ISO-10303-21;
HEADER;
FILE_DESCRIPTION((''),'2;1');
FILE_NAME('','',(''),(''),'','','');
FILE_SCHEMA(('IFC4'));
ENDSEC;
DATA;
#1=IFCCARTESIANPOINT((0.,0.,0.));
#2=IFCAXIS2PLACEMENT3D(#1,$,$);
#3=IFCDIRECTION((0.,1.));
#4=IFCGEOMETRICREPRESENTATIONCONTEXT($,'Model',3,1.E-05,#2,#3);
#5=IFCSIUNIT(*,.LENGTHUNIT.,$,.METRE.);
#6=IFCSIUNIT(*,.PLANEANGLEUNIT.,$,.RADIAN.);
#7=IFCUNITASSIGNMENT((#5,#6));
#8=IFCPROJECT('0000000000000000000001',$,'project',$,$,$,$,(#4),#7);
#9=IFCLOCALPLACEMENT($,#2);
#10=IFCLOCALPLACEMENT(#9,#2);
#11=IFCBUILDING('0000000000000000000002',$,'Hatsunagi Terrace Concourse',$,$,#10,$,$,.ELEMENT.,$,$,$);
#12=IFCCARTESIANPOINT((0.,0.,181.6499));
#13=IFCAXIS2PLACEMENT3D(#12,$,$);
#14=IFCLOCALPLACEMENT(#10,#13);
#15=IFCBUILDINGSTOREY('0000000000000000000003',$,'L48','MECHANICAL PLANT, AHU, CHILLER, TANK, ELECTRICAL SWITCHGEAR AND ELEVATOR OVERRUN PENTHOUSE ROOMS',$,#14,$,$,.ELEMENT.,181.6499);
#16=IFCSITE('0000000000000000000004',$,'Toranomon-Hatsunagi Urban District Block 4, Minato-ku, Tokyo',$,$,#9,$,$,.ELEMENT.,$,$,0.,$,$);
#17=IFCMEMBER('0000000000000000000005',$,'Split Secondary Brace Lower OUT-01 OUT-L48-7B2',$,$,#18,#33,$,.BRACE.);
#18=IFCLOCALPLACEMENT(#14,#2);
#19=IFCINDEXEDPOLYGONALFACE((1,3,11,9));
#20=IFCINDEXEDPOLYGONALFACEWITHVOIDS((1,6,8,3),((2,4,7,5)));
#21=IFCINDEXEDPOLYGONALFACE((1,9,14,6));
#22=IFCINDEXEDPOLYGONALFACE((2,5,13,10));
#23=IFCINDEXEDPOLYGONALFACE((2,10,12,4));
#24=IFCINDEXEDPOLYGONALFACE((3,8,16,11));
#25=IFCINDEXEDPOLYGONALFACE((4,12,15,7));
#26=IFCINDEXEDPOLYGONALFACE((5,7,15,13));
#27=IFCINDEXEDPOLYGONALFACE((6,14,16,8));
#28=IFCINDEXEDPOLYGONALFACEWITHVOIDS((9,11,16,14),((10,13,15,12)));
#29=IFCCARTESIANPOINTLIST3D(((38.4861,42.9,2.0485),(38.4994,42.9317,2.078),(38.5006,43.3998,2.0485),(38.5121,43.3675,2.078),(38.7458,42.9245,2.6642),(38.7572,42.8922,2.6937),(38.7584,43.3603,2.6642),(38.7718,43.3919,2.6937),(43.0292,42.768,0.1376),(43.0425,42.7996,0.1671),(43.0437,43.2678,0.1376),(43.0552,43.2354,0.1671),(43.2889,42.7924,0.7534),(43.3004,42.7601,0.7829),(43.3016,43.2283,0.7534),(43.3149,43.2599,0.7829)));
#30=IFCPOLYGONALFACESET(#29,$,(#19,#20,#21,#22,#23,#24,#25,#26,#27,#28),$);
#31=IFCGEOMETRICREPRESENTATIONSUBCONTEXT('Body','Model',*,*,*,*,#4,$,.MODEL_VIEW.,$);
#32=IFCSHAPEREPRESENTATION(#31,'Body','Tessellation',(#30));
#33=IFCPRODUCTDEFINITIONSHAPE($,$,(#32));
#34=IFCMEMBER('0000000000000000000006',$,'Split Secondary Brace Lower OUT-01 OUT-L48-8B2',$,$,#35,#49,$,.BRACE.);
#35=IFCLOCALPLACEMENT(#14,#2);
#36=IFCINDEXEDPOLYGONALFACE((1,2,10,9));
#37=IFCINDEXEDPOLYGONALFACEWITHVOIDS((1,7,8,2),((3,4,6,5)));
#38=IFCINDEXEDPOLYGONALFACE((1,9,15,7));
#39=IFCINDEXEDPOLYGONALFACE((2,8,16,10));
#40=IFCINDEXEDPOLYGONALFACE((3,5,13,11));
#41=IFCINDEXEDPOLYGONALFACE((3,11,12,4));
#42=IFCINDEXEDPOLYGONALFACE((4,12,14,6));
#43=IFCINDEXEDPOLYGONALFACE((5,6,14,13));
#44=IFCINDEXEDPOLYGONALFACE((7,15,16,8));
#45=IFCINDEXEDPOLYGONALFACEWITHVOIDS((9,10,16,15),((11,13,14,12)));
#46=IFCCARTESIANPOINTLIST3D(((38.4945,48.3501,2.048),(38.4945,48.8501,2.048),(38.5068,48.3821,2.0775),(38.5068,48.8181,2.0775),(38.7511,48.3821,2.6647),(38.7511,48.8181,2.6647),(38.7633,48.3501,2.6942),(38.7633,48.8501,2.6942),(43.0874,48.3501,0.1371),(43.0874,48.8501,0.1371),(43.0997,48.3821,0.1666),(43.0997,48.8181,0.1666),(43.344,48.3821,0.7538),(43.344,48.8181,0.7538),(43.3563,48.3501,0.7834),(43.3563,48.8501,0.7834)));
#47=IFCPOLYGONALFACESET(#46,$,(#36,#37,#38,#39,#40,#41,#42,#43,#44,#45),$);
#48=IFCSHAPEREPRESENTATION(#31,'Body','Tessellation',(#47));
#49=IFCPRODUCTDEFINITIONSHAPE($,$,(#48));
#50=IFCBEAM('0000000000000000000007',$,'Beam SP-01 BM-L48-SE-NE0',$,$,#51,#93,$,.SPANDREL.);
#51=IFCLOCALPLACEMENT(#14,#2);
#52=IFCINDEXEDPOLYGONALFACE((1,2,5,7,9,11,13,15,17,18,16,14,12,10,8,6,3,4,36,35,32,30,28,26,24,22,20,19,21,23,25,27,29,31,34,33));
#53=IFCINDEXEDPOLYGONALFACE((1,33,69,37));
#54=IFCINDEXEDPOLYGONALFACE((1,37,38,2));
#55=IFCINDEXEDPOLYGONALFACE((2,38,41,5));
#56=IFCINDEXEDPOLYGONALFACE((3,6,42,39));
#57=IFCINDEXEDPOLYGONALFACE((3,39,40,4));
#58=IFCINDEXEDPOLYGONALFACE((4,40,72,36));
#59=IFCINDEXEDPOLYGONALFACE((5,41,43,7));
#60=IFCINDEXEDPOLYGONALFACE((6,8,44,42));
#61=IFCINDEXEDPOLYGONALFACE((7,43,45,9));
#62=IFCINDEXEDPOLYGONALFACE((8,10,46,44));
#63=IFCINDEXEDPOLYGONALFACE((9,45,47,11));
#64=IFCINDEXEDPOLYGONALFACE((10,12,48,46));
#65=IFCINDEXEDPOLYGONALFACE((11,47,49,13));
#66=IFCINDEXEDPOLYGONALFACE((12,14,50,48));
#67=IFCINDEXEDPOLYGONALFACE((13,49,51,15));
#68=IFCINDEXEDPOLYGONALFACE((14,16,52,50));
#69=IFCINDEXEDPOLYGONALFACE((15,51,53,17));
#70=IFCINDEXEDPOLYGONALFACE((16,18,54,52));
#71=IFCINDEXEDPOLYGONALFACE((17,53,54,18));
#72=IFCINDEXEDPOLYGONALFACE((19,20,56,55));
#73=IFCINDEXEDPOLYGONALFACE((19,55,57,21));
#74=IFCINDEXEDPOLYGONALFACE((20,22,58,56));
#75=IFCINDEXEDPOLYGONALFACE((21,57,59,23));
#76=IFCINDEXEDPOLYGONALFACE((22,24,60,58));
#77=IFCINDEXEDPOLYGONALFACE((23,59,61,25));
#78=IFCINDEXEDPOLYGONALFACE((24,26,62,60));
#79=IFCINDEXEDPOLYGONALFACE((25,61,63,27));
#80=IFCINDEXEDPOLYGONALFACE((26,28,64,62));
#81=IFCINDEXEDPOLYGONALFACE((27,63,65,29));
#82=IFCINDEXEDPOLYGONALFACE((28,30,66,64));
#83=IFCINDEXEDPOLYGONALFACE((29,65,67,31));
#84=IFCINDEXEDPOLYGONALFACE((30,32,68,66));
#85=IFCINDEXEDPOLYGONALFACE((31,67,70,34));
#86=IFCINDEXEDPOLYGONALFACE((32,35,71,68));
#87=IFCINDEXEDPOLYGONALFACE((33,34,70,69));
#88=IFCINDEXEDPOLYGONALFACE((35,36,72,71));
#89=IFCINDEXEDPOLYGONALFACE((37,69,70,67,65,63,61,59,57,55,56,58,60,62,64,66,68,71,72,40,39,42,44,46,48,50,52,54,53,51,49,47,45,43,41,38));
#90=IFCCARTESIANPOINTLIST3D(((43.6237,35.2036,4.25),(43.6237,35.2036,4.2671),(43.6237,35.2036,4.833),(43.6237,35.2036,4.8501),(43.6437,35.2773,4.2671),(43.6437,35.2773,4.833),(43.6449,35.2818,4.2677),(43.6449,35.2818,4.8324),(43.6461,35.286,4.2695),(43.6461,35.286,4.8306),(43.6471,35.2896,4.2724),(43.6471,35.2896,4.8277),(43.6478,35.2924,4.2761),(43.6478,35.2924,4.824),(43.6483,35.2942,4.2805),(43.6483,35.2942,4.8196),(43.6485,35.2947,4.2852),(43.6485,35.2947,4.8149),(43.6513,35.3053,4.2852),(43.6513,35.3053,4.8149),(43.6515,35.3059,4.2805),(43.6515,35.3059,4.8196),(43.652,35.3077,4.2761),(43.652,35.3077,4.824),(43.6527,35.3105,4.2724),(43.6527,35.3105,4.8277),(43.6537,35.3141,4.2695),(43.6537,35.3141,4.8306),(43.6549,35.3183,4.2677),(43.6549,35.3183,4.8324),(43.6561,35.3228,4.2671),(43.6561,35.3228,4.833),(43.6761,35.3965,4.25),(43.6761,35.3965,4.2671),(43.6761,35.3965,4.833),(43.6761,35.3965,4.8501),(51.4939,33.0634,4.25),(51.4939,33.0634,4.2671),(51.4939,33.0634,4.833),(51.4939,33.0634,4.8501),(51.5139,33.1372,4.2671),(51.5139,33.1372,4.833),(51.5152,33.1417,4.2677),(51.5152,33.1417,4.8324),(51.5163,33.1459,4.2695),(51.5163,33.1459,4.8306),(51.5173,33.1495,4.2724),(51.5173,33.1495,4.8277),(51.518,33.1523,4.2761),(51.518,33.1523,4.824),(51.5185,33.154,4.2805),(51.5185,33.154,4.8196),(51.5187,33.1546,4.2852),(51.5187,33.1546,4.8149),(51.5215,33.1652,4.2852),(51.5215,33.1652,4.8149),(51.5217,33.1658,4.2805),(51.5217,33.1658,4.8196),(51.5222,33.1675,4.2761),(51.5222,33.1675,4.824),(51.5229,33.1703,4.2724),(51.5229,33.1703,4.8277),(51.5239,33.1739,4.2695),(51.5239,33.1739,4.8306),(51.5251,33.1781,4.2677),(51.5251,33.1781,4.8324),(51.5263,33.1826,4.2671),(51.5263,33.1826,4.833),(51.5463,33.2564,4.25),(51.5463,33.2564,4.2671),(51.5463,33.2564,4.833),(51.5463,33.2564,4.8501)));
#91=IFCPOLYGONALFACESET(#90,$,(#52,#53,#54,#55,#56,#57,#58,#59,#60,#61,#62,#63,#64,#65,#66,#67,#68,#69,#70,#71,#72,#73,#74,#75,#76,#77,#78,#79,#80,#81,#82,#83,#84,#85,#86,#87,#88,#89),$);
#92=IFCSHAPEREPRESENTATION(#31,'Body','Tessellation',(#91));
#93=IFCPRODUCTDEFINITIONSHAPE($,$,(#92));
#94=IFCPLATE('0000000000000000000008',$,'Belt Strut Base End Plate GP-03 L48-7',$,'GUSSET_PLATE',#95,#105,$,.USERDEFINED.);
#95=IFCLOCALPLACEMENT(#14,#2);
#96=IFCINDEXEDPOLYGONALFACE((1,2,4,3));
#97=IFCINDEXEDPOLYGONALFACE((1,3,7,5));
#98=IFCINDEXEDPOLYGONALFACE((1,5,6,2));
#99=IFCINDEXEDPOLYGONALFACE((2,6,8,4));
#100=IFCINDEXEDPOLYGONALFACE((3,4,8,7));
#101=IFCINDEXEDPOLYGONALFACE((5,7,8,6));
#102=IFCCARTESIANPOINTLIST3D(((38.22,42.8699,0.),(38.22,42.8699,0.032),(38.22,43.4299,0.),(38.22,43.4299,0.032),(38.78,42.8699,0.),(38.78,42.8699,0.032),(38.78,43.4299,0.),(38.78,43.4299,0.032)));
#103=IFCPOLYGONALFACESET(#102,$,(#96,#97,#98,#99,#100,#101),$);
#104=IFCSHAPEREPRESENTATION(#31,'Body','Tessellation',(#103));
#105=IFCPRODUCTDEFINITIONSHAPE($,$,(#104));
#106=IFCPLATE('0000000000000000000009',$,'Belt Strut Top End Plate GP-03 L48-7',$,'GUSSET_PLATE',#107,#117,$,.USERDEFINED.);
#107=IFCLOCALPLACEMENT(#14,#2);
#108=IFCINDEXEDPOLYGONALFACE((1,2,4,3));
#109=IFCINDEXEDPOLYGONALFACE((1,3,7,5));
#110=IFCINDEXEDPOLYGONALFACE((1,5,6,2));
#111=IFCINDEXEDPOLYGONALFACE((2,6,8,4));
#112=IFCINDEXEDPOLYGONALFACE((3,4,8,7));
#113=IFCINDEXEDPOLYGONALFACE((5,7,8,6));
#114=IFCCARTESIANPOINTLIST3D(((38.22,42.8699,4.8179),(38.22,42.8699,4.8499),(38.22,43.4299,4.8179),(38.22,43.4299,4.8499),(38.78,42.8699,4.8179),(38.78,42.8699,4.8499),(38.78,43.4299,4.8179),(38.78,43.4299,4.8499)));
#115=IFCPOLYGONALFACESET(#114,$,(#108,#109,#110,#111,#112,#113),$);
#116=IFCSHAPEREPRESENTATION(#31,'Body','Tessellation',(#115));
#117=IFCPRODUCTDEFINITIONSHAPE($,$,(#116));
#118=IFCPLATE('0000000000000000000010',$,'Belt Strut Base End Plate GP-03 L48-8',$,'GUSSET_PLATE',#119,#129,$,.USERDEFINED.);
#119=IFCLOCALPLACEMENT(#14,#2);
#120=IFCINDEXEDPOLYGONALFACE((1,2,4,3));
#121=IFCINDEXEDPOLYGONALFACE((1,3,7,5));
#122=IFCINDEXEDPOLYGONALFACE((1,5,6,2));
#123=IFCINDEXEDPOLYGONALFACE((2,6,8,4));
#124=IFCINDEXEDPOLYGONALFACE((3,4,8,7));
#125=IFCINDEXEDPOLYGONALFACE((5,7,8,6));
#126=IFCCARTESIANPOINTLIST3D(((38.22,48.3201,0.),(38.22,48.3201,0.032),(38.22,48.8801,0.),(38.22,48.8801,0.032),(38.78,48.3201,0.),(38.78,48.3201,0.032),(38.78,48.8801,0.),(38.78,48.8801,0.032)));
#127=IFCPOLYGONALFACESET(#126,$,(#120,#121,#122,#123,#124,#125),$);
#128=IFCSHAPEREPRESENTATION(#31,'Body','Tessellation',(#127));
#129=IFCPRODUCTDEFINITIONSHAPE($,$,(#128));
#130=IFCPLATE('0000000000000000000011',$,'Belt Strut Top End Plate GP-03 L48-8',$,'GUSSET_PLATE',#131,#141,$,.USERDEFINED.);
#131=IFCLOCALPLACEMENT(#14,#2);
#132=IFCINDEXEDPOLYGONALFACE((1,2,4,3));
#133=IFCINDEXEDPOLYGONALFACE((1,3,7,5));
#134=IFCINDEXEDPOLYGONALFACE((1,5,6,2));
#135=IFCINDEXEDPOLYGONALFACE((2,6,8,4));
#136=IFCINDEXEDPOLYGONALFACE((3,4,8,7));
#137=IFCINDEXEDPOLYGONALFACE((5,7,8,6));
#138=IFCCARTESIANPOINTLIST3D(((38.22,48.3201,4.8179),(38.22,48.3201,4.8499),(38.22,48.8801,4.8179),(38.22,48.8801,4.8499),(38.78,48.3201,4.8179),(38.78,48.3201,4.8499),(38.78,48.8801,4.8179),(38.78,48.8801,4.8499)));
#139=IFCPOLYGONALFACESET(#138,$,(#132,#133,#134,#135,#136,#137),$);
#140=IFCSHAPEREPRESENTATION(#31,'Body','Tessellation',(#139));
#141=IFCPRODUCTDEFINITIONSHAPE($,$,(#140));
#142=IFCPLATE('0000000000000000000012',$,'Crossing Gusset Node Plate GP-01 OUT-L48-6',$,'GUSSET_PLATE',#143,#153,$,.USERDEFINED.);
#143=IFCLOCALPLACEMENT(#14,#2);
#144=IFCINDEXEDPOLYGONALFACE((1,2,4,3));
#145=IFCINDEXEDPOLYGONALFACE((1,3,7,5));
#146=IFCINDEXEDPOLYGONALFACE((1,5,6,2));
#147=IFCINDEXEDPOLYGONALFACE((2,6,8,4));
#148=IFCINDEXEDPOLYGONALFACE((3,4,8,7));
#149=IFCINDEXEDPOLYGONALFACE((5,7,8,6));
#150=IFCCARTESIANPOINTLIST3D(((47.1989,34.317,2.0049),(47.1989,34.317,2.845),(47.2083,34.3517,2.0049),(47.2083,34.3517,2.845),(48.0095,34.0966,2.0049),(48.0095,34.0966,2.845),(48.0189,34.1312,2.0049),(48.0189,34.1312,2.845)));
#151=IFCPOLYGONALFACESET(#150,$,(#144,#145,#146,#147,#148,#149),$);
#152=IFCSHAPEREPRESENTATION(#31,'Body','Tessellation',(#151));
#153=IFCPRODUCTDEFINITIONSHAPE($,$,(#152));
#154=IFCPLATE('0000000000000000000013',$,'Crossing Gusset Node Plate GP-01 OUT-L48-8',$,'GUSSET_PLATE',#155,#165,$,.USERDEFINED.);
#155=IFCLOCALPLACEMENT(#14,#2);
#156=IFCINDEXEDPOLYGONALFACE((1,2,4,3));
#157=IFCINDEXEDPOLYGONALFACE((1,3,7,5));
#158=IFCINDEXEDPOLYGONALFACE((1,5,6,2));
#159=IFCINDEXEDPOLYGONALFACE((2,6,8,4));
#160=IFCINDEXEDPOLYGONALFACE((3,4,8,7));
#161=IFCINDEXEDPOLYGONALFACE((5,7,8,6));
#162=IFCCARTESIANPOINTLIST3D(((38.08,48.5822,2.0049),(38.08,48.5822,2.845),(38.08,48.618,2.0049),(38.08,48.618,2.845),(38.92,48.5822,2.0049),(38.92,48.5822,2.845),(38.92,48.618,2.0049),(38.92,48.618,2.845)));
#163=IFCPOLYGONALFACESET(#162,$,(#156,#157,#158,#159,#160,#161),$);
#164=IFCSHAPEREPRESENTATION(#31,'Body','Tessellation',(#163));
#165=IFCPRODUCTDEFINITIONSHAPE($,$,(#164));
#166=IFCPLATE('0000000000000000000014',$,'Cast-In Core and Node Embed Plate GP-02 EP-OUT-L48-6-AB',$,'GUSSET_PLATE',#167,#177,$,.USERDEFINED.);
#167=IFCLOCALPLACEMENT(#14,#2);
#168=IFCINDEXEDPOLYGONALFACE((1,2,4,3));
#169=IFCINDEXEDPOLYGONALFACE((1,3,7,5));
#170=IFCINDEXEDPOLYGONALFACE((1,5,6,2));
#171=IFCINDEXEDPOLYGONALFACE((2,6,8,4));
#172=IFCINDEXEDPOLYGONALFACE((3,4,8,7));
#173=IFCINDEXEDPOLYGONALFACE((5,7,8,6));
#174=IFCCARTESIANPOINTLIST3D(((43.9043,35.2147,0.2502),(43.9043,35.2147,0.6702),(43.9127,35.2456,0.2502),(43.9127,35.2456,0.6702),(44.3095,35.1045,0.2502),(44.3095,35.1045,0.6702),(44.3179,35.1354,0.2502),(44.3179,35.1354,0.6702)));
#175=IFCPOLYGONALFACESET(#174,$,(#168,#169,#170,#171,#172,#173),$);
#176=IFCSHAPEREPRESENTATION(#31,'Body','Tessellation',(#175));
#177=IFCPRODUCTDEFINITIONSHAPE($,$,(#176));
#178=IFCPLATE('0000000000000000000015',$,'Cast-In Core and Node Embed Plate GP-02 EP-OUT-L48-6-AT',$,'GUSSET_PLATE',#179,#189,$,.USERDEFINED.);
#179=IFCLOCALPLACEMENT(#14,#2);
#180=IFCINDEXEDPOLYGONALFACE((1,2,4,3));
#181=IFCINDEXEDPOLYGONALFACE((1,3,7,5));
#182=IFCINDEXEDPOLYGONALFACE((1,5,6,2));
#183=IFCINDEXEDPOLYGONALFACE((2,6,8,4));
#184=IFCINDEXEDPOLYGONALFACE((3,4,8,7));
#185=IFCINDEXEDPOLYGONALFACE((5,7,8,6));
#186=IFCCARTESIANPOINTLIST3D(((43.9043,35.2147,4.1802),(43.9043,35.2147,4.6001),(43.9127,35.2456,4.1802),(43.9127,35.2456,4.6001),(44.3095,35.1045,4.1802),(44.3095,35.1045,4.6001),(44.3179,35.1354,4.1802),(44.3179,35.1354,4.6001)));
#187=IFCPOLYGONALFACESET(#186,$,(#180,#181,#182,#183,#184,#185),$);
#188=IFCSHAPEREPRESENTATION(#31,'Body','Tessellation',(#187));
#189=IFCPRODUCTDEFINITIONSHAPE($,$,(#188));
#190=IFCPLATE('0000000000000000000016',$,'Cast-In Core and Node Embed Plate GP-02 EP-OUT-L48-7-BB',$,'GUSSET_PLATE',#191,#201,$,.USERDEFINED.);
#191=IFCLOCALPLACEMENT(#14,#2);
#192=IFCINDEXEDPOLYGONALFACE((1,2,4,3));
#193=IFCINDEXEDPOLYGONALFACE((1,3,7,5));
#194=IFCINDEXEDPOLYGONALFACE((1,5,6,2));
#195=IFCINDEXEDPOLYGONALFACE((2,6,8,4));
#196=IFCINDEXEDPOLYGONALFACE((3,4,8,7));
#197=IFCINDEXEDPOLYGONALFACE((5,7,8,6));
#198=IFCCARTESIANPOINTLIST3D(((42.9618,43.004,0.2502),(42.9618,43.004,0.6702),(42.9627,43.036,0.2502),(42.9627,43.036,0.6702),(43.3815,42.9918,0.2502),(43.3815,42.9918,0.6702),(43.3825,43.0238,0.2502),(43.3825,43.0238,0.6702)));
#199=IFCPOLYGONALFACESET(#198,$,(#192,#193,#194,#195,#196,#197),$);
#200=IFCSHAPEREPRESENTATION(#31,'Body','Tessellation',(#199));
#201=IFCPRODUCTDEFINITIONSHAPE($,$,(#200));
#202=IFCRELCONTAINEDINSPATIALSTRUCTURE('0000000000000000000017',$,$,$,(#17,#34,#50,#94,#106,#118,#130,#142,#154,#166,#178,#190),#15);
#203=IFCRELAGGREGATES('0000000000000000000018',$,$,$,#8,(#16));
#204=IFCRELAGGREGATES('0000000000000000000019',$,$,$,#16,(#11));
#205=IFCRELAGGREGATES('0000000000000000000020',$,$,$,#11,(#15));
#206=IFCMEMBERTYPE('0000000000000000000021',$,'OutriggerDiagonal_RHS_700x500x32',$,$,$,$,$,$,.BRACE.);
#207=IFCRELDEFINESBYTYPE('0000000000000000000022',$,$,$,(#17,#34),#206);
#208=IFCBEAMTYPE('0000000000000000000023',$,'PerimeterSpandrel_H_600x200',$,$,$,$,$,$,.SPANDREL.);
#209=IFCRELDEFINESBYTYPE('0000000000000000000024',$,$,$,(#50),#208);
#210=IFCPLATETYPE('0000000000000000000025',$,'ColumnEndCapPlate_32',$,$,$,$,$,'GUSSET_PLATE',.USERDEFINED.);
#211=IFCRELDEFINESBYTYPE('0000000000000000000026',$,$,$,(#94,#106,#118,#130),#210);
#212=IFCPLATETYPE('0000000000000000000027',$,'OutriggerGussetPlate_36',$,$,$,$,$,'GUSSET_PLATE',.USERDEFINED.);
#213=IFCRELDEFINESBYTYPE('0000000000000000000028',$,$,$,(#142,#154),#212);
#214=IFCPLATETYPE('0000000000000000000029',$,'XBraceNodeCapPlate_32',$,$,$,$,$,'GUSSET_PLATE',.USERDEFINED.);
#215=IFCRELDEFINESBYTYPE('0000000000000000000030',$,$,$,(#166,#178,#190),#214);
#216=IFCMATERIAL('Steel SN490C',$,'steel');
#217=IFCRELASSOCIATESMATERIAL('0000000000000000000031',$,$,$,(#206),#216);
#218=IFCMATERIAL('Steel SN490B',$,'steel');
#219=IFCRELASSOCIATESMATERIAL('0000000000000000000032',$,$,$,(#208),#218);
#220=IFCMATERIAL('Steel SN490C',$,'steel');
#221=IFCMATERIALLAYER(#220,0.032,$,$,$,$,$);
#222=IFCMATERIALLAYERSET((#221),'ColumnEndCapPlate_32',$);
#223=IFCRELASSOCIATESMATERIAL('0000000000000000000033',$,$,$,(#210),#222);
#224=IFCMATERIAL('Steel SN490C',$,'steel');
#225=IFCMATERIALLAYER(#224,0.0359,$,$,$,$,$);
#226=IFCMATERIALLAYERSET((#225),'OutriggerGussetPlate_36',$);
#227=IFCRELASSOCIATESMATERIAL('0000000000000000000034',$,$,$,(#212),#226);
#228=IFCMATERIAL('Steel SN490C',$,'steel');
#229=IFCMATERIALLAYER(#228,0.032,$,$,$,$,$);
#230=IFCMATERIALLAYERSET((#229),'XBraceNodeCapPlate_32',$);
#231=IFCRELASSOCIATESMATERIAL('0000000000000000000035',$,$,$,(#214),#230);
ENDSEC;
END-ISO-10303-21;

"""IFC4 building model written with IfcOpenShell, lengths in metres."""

from ifc_helpers import new_model, si_unit, direction, frame, origin, origin_2d, place, context, subcontext, project, spatial, rectangle, hollow_rectangle, i_section, extrude, material, layer, layer_set, material_profile, profile_set, type_object, element, save


model = new_model("IFC4")

# Units and contexts
model_context = context("Model", 3, precision=1e-05, world=origin(), true_north=direction((0.0, 1.0)))
body_context = subcontext(model_context, "Body", "Model", "MODEL_VIEW")
ifc_project = project(units=[si_unit("LENGTHUNIT", "METRE"), si_unit("PLANEANGLEUNIT", "RADIAN")], contexts=[model_context])

# Site, building, storey
site_placement = place(None, origin())
site = spatial("IfcSite", under=ifc_project, at=site_placement, Name="Toranomon-Hatsunagi Urban District Block 4, Minato-ku, Tokyo", CompositionType="ELEMENT", RefElevation=0.0)
building_placement = place(site_placement, origin())
building = spatial("IfcBuilding", under=site, at=building_placement, Name="Hatsunagi Terrace Concourse", CompositionType="ELEMENT")
storey_placement = place(building_placement, frame((0.0, 0.0, 181.6499)))
storey = spatial("IfcBuildingStorey", under=building, at=storey_placement, Name="L48", Description="MECHANICAL PLANT, AHU, CHILLER, TANK, ELECTRICAL SWITCHGEAR AND ELEVATOR OVERRUN PENTHOUSE ROOMS", CompositionType="ELEMENT", Elevation=181.6499)

# Members
ifc_material_1 = material(Name="Steel SN490C", Category="steel")
ifc_material_profile_1 = material_profile(ifc_material_1, hollow_rectangle(XDim=0.5, YDim=0.7, WallThickness=0.032, at=origin_2d()), Name="RHS-700x500x32")
ifc_profile_set_1 = profile_set([ifc_material_profile_1], Name="Steel SN490C")
member_type_1 = type_object("IfcMemberType", Name="OutriggerDiagonal_RHS_700x500x32", PredefinedType="BRACE", material=ifc_profile_set_1)
member_1_placement = place(storey_placement, frame((38.6289, 43.146, 2.3711), z_axis=(0.921453, -0.026788, -0.387566), x_axis=(0.02906, 0.999578, 0.0)))
element("IfcMember", 1, at=member_1_placement, inside=storey, type_object=member_type_1, Name="Split Secondary Brace Lower OUT-01 OUT-L48-7B2", PredefinedType="BRACE", context=body_context, shape_type="SweptSolid", body=[
    extrude(hollow_rectangle(XDim=0.5, YDim=0.7, WallThickness=0.032, at=origin_2d()), origin(), (0.0, 0.0, 1.0), 4.9304),
])
member_2_placement = place(storey_placement, frame((38.6289, 48.6001, 2.3711), z_axis=(0.923282, 0.0, -0.384124), x_axis=(0.0, 1.0, 0.0)))
element("IfcMember", 2, at=member_2_placement, inside=storey, type_object=member_type_1, Name="Split Secondary Brace Lower OUT-01 OUT-L48-8B2", PredefinedType="BRACE", context=body_context, shape_type="SweptSolid", body=[
    extrude(hollow_rectangle(XDim=0.5, YDim=0.7, WallThickness=0.032, at=origin_2d()), origin(), (0.0, 0.0, 1.0), 4.9746),
])

# Beam
ifc_material_2 = material(Name="Steel SN490B", Category="steel")
ifc_material_profile_2 = material_profile(ifc_material_2, i_section(OverallWidth=0.2, OverallDepth=0.6001, WebThickness=0.011, FlangeThickness=0.0171, FilletRadius=0.0181, at=origin_2d()), Name="H-600x200x11x17")
ifc_profile_set_2 = profile_set([ifc_material_profile_2], Name="Steel SN490B")
beam_type_1 = type_object("IfcBeamType", Name="PerimeterSpandrel_H_600x200", PredefinedType="SPANDREL", material=ifc_profile_set_2)
beam_1_placement = place(storey_placement, frame((43.6499, 35.3, 4.55), z_axis=(0.964958, -0.262403, 0.0), x_axis=(0.262403, 0.964958, 0.0)))
element("IfcBeam", 3, at=beam_1_placement, inside=storey, type_object=beam_type_1, Name="Beam SP-01 BM-L48-SE-NE0", PredefinedType="SPANDREL", context=body_context, shape_type="SweptSolid", body=[
    extrude(i_section(OverallWidth=0.2, OverallDepth=0.6001, WebThickness=0.011, FlangeThickness=0.0171, FilletRadius=0.0181, at=origin_2d()), origin(), (0.0, 0.0, 1.0), 8.156),
])

# Plates
ifc_material_3 = material(Name="Steel SN490C", Category="steel")
ifc_layer_1 = layer(ifc_material_3, 0.032)
ifc_layer_set_1 = layer_set([ifc_layer_1], Name="ColumnEndCapPlate_32")
plate_type_1 = type_object("IfcPlateType", Name="ColumnEndCapPlate_32", ElementType="GUSSET_PLATE", PredefinedType="USERDEFINED", material=ifc_layer_set_1)
for number, where, z_axis, x_axis, name in (
    (4, (38.5, 43.1499, 0.0), (0.0, 0.0, 1.0), (1.0, 0.0, 0.0), "Belt Strut Base End Plate GP-03 L48-7"),
    (5, (38.5, 43.1499, 4.8179), (0.0, 0.0, 1.0), (1.0, 0.0, 0.0), "Belt Strut Top End Plate GP-03 L48-7"),
    (6, (38.5, 48.6001, 0.0), (0.0, 0.0, 1.0), (1.0, 0.0, 0.0), "Belt Strut Base End Plate GP-03 L48-8"),
    (7, (38.5, 48.6001, 4.8179), (0.0, 0.0, 1.0), (1.0, 0.0, 0.0), "Belt Strut Top End Plate GP-03 L48-8"),
):
    element("IfcPlate", number, at=place(storey_placement, frame(where, z_axis=z_axis, x_axis=x_axis)), inside=storey, type_object=plate_type_1, Name=name, ObjectType="GUSSET_PLATE", PredefinedType="USERDEFINED", context=body_context, shape_type="SweptSolid", body=[
        extrude(rectangle(XDim=0.5601, YDim=0.5601, at=origin_2d()), origin(), (0.0, 0.0, 1.0), 0.032),
    ])
ifc_material_4 = material(Name="Steel SN490C", Category="steel")
ifc_layer_2 = layer(ifc_material_4, 0.0359)
ifc_layer_set_2 = layer_set([ifc_layer_2], Name="OutriggerGussetPlate_36")
plate_type_2 = type_object("IfcPlateType", Name="OutriggerGussetPlate_36", ElementType="GUSSET_PLATE", PredefinedType="USERDEFINED", material=ifc_layer_set_2)
for number, where, z_axis, x_axis, name in (
    (8, (47.6089, 34.2241, 2.0049), (0.0, 0.0, 1.0), (0.964962, -0.262391, 0.0), "Crossing Gusset Node Plate GP-01 OUT-L48-6"),
    (9, (38.5, 48.6001, 2.0049), (0.0, 0.0, 1.0), (1.0, 0.0, 0.0), "Crossing Gusset Node Plate GP-01 OUT-L48-8"),
):
    element("IfcPlate", number, at=place(storey_placement, frame(where, z_axis=z_axis, x_axis=x_axis)), inside=storey, type_object=plate_type_2, Name=name, ObjectType="GUSSET_PLATE", PredefinedType="USERDEFINED", context=body_context, shape_type="SweptSolid", body=[
        extrude(rectangle(XDim=0.8401, YDim=0.0359, at=origin_2d()), origin(), (0.0, 0.0, 1.0), 0.8401),
    ])
ifc_material_5 = material(Name="Steel SN490C", Category="steel")
ifc_layer_3 = layer(ifc_material_5, 0.032)
ifc_layer_set_3 = layer_set([ifc_layer_3], Name="XBraceNodeCapPlate_32")
plate_type_3 = type_object("IfcPlateType", Name="XBraceNodeCapPlate_32", ElementType="GUSSET_PLATE", PredefinedType="USERDEFINED", material=ifc_layer_set_3)
for number, where, z_axis, x_axis, name in (
    (10, (44.1111, 35.175, 0.2502), (0.0, 0.0, 1.0), (0.964962, -0.262391, 0.0), "Cast-In Core and Node Embed Plate GP-02 EP-OUT-L48-6-AB"),
    (11, (44.1111, 35.175, 4.1802), (0.0, 0.0, 1.0), (0.964962, -0.262391, 0.0), "Cast-In Core and Node Embed Plate GP-02 EP-OUT-L48-6-AT"),
    (12, (43.1721, 43.0139, 0.2502), (0.0, 0.0, 1.0), (0.999576, -0.029113, 0.0), "Cast-In Core and Node Embed Plate GP-02 EP-OUT-L48-7-BB"),
):
    element("IfcPlate", number, at=place(storey_placement, frame(where, z_axis=z_axis, x_axis=x_axis)), inside=storey, type_object=plate_type_3, Name=name, ObjectType="GUSSET_PLATE", PredefinedType="USERDEFINED", context=body_context, shape_type="SweptSolid", body=[
        extrude(rectangle(XDim=0.4199, YDim=0.032, at=origin_2d()), origin(), (0.0, 0.0, 1.0), 0.4199),
    ])

save(model, "model.ifc")
